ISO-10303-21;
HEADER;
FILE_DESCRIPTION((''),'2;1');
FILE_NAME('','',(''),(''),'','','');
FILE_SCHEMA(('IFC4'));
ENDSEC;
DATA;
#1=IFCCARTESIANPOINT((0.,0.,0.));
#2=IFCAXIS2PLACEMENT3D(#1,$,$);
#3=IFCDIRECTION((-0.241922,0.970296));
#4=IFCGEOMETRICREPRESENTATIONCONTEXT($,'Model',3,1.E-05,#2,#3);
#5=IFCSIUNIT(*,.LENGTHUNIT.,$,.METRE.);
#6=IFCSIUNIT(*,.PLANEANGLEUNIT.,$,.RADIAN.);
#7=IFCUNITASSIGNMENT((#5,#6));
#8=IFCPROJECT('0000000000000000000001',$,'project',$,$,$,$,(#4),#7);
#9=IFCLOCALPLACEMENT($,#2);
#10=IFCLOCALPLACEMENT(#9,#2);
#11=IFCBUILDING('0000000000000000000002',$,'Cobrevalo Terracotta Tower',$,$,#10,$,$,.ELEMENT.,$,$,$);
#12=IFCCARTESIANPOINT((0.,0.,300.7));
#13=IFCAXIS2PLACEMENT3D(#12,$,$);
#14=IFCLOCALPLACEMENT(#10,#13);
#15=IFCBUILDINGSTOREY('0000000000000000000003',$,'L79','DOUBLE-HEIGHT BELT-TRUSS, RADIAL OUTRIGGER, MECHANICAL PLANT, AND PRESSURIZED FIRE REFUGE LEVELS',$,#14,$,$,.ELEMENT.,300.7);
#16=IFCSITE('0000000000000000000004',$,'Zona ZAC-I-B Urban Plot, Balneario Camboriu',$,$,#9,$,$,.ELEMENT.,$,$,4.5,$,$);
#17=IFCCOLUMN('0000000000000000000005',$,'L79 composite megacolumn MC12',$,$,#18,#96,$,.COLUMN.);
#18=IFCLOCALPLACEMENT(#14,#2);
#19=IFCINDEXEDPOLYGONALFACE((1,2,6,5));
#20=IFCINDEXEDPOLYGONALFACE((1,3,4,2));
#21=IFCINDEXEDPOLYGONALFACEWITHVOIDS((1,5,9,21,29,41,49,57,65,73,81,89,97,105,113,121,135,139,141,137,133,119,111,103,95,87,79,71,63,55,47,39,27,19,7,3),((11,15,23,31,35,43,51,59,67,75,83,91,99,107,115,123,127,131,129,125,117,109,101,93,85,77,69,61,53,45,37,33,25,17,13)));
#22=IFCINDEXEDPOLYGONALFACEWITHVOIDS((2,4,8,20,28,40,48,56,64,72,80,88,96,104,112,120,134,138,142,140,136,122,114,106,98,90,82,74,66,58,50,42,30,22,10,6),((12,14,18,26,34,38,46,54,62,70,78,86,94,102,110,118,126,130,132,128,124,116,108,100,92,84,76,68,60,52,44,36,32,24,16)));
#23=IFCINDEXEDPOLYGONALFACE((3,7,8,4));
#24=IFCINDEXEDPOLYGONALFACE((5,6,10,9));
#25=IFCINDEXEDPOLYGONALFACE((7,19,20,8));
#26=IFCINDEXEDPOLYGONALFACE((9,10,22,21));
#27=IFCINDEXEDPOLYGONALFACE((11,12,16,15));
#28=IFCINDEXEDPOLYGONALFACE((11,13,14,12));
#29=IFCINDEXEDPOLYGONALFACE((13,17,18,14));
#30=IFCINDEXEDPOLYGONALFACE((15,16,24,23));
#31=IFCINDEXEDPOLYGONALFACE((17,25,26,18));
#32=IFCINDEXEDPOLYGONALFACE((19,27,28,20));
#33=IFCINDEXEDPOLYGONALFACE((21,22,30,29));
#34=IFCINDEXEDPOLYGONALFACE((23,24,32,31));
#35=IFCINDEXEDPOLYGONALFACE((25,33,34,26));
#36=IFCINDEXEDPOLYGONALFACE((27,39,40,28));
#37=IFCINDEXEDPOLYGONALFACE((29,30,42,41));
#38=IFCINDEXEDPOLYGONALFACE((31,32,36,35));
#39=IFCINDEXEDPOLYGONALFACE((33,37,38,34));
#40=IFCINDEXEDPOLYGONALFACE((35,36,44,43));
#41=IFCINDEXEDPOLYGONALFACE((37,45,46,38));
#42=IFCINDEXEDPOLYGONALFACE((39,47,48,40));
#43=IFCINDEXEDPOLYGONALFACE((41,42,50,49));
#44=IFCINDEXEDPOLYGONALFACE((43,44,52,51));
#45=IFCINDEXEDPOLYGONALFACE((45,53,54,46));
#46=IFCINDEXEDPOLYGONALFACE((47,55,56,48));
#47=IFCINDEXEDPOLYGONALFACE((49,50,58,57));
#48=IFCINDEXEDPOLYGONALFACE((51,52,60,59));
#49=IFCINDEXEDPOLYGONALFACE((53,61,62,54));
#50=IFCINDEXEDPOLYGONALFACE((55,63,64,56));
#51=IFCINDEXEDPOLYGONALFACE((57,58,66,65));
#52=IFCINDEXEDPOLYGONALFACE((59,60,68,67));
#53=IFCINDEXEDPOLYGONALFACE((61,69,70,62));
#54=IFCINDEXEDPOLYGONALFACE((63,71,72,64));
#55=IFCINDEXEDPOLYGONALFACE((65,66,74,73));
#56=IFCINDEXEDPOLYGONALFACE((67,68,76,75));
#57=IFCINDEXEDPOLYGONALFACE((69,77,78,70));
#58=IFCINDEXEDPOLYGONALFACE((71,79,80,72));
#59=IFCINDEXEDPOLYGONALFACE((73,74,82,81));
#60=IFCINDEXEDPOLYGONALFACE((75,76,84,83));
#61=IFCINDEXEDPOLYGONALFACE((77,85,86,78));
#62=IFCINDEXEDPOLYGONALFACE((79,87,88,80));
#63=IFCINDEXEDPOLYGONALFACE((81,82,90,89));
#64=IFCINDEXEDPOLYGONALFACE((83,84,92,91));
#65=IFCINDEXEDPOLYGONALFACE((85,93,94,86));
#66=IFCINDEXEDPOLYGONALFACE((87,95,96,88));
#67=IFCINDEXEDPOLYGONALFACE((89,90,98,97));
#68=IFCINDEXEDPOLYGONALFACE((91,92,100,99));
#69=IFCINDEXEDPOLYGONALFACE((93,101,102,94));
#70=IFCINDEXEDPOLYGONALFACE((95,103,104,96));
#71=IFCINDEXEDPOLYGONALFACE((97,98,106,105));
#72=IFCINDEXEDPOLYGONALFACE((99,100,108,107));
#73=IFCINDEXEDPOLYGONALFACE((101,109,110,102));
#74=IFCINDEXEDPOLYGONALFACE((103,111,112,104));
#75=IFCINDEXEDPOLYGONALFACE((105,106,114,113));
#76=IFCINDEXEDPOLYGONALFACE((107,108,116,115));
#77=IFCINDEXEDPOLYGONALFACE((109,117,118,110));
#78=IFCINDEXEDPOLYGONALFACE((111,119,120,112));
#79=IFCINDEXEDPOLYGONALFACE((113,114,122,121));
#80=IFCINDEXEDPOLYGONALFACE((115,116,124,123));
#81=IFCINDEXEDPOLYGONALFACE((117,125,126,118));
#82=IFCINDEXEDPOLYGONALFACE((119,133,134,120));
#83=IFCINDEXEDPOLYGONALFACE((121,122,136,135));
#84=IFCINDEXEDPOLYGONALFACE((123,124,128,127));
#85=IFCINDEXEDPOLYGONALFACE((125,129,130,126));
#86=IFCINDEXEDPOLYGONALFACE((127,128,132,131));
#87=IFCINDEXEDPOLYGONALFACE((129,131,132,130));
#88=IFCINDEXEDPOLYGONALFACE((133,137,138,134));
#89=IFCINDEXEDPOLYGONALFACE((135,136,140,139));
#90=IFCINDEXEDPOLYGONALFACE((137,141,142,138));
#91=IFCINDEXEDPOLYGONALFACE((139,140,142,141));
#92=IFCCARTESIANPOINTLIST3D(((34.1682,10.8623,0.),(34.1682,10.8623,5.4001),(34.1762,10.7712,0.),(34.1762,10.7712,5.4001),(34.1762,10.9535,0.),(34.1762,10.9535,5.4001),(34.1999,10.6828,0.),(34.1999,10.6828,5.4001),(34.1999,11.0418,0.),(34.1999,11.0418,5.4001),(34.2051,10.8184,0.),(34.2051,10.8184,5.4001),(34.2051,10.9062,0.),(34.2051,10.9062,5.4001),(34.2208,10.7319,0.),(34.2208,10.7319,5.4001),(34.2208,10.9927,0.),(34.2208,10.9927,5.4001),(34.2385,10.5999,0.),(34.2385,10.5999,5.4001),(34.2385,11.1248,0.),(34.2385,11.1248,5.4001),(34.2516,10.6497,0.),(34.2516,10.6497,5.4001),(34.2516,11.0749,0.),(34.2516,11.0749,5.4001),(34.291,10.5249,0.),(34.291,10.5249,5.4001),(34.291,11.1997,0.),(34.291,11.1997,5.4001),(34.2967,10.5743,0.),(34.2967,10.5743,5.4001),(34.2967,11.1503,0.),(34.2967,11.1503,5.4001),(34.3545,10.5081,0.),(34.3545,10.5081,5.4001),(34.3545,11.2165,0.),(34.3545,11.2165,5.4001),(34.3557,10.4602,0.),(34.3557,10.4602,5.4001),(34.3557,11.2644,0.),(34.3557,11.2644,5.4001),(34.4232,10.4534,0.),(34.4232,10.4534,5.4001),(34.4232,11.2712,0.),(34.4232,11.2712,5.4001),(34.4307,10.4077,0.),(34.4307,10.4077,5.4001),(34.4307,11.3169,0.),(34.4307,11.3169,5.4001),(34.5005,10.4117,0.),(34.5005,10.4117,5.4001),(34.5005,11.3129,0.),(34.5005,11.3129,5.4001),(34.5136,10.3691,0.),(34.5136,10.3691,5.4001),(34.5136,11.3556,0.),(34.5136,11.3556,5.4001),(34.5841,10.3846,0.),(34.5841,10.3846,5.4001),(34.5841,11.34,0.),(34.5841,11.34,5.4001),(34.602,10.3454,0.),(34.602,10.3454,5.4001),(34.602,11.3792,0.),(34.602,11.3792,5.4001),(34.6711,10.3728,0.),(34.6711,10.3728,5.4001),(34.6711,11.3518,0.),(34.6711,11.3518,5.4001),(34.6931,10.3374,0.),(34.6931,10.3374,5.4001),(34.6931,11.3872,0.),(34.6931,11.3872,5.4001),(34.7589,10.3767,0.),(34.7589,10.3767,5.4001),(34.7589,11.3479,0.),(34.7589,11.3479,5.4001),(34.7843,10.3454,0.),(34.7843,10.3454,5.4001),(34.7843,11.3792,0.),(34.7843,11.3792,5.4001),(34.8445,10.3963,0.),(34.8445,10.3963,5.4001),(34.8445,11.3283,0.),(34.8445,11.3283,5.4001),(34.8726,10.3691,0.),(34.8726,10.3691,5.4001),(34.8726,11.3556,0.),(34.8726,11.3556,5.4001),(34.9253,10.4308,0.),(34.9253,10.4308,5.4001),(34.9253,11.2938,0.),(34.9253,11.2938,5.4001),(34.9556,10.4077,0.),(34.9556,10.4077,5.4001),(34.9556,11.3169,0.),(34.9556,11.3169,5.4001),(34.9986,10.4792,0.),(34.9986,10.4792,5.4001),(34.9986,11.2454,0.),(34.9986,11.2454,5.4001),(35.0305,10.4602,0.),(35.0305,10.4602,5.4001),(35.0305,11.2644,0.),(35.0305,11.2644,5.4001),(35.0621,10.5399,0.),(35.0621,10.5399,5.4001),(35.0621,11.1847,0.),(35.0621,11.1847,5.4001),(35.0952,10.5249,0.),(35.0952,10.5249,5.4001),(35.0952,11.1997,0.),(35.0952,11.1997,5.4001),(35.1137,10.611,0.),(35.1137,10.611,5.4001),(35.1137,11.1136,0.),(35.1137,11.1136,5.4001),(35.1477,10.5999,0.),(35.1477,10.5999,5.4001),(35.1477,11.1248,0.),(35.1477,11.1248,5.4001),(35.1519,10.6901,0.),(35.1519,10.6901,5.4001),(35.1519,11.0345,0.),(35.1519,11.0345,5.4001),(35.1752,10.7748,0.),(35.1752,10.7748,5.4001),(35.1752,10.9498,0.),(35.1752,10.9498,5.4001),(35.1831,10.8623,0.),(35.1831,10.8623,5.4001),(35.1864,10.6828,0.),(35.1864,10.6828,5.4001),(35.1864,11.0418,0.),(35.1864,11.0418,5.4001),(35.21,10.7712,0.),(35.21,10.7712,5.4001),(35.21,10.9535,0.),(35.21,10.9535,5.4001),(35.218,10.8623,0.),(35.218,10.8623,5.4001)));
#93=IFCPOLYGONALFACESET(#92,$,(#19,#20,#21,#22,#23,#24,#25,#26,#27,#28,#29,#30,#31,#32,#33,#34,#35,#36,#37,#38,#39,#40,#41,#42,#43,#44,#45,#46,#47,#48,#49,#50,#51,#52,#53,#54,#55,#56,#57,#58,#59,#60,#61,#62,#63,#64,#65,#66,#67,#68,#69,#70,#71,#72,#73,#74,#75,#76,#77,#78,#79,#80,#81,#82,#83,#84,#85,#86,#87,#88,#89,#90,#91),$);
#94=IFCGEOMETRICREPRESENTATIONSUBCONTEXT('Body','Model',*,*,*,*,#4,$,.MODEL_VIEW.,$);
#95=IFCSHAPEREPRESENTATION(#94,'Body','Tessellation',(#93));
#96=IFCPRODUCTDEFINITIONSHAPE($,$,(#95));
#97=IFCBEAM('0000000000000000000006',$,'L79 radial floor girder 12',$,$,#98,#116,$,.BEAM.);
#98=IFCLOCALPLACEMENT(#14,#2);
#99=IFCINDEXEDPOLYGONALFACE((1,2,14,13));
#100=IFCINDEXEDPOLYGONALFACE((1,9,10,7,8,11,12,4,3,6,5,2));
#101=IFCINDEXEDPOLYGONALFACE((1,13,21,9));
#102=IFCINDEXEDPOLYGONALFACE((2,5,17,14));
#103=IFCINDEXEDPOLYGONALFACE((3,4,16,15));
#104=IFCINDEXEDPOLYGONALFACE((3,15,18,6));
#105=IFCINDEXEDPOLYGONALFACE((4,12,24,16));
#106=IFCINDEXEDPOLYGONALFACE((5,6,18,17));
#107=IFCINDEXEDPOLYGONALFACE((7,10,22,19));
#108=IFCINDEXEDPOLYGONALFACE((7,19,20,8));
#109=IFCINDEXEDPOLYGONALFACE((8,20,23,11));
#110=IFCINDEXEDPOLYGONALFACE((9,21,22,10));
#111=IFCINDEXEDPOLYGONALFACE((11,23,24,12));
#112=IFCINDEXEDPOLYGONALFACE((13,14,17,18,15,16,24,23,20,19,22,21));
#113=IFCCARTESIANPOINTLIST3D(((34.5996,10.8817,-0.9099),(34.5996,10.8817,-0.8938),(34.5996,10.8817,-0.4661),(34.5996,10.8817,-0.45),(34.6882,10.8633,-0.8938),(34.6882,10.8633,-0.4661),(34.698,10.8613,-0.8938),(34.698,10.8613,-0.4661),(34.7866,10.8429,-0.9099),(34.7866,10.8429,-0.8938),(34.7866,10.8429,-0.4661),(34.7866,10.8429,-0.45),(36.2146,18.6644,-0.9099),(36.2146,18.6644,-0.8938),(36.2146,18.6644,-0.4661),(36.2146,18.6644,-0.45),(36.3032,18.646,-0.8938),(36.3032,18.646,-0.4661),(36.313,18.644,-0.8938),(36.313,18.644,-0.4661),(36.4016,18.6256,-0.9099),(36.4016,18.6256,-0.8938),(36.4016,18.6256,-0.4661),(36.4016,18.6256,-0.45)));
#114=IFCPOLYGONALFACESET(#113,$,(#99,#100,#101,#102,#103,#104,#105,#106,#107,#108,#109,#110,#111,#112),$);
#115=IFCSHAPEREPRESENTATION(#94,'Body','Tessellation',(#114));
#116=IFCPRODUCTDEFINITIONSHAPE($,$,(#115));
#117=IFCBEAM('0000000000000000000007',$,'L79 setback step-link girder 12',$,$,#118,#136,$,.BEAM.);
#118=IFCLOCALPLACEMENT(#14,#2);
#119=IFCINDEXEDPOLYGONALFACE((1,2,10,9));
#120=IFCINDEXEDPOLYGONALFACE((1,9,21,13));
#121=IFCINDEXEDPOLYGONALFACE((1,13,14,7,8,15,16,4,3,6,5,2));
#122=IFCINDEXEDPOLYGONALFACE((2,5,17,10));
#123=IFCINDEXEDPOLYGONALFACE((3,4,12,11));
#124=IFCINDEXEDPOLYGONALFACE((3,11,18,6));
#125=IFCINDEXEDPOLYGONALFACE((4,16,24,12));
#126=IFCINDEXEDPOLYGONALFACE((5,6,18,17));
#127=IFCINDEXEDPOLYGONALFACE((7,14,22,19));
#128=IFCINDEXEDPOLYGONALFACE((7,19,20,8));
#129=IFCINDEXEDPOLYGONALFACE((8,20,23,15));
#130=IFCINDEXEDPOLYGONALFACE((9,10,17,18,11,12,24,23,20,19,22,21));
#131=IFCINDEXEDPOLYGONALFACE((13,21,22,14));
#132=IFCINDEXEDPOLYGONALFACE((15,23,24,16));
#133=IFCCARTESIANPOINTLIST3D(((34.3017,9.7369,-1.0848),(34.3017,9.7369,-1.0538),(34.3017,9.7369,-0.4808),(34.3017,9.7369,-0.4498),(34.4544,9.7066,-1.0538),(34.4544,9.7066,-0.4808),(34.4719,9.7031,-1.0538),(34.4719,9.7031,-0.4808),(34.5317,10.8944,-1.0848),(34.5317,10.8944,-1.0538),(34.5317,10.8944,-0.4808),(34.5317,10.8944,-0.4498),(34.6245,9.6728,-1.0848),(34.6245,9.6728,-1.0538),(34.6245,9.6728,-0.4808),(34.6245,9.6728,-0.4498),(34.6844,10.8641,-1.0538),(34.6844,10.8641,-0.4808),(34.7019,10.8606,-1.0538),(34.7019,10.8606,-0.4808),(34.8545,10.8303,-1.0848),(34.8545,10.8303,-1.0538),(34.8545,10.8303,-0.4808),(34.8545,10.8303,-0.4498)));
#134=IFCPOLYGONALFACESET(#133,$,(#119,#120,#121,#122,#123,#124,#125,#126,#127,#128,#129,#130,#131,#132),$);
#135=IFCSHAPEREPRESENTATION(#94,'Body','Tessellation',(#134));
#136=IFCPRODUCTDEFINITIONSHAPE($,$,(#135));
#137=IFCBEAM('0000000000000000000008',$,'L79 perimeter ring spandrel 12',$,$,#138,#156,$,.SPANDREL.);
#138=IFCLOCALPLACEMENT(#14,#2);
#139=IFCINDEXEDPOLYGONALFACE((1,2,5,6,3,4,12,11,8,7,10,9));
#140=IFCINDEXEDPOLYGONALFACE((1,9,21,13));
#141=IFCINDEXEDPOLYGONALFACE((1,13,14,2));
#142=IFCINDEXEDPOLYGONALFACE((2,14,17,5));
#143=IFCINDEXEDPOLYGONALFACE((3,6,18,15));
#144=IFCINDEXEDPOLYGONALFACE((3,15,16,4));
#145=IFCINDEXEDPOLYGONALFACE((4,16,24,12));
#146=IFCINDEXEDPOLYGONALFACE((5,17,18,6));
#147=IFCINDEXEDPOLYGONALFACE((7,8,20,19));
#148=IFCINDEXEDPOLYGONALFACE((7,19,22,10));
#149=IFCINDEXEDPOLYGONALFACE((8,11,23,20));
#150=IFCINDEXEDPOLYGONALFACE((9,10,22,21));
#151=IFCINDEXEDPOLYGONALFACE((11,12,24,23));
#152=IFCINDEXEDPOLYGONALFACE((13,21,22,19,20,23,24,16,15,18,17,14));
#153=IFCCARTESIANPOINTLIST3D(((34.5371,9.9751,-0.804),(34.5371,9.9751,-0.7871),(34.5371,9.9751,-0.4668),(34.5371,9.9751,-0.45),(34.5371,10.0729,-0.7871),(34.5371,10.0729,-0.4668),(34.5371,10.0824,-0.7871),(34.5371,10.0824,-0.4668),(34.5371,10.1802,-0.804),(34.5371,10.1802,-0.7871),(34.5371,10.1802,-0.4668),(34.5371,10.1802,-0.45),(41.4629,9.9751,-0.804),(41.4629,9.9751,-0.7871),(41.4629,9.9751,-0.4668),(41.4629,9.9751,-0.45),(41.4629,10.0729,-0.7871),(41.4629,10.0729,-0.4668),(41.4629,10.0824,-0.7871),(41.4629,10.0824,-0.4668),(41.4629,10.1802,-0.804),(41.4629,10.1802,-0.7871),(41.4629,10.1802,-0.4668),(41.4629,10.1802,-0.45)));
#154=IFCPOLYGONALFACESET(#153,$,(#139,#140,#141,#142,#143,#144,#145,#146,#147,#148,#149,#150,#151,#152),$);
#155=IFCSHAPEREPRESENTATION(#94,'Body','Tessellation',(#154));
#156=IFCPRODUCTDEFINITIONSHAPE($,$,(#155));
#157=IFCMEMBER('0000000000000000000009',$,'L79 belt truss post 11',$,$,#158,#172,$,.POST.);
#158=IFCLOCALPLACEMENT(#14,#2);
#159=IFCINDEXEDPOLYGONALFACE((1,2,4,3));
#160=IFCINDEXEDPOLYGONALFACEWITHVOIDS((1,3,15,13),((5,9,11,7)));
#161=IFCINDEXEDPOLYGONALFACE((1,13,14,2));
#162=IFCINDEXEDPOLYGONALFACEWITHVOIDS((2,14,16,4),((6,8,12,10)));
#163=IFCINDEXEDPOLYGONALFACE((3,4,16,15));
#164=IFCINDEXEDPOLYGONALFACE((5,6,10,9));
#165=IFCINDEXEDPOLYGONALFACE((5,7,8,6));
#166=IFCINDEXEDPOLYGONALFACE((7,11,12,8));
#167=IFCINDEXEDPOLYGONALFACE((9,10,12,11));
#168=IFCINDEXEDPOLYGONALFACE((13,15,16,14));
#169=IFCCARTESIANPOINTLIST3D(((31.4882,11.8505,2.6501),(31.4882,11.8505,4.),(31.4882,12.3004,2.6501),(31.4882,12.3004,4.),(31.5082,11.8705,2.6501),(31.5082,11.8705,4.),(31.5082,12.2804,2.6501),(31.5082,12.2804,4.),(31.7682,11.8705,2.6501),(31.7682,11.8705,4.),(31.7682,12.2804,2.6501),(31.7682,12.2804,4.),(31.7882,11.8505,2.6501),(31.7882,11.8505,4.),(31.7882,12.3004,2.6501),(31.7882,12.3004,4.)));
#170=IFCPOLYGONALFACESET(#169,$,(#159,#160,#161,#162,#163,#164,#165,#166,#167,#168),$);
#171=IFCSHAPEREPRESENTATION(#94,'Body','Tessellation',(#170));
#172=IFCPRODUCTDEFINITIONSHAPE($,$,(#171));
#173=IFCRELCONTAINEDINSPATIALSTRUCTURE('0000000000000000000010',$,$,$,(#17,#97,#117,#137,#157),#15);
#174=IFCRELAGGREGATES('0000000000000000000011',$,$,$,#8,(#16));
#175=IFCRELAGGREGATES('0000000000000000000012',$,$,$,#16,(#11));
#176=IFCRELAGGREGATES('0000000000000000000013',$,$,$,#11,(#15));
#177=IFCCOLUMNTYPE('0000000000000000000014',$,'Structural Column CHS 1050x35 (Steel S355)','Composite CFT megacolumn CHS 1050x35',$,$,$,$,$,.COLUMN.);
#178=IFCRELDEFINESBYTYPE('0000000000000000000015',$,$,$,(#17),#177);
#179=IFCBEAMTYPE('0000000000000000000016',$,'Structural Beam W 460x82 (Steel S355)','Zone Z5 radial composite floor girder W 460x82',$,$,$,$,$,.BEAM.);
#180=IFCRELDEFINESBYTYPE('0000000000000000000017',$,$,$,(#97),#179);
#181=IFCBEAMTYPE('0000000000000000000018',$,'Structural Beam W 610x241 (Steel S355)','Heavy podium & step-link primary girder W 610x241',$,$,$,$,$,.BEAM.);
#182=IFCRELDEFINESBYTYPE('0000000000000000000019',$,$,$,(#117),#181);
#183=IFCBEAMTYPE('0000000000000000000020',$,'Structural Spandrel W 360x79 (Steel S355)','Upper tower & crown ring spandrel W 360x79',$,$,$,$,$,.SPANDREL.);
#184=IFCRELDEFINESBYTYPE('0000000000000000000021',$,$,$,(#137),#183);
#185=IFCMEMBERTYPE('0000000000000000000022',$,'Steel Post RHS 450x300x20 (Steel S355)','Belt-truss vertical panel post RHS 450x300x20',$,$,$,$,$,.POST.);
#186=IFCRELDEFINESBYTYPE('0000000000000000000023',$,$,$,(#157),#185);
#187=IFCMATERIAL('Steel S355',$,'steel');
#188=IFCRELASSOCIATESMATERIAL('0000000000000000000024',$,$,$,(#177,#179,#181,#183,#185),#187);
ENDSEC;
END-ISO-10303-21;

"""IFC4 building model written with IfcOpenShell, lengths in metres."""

from ifc_helpers import new_model, si_unit, direction, frame, origin, origin_2d, place, context, subcontext, project, spatial, hollow_rectangle, hollow_circle, i_section, extrude, source, transform, mapped, material, material_profile, profile_set, type_object, element, save


model = new_model("IFC4")

# Units and contexts
model_context = context("Model", 3, precision=1e-05, world=origin(), true_north=direction((-0.241922, 0.970296)))
body_context = subcontext(model_context, "Body", "Model", "MODEL_VIEW")
ifc_project = project(units=[si_unit("LENGTHUNIT", "METRE"), si_unit("PLANEANGLEUNIT", "RADIAN")], contexts=[model_context])

# Site, building, storey
site_placement = place(None, origin())
site = spatial("IfcSite", under=ifc_project, at=site_placement, Name="Zona ZAC-I-B Urban Plot, Balneario Camboriu", CompositionType="ELEMENT", RefElevation=4.5)
building_placement = place(site_placement, origin())
building = spatial("IfcBuilding", under=site, at=building_placement, Name="Cobrevalo Terracotta Tower", CompositionType="ELEMENT")
storey_placement = place(building_placement, frame((0.0, 0.0, 300.7)))
storey = spatial("IfcBuildingStorey", under=building, at=storey_placement, Name="L79", Description="DOUBLE-HEIGHT BELT-TRUSS, RADIAL OUTRIGGER, MECHANICAL PLANT, AND PRESSURIZED FIRE REFUGE LEVELS", CompositionType="ELEMENT", Elevation=300.7)

# Column
ifc_material_1 = material(Name="Steel S355", Category="steel")
ifc_material_profile_1 = material_profile(ifc_material_1, hollow_circle(Radius=0.5249, WallThickness=0.0349, at=origin_2d()), Name="CHS 1050x35")
ifc_profile_set_1 = profile_set([ifc_material_profile_1], Name="Steel S355")
column_type = type_object("IfcColumnType", Name="Structural Column CHS 1050x35 (Steel S355)", Description="Composite CFT megacolumn CHS 1050x35", PredefinedType="COLUMN", material=ifc_profile_set_1)
column_placement = place(storey_placement, frame((34.6931, 10.8623, 0.0), z_axis=(0.0, 0.0, 1.0), x_axis=(1.0, 0.0, 0.0)))
element("IfcColumn", 1, at=column_placement, inside=storey, type_object=column_type, Name="L79 composite megacolumn MC12", PredefinedType="COLUMN", context=body_context, shape_type="SweptSolid", body=[
    extrude(hollow_circle(Radius=0.5249, WallThickness=0.0349, at=origin_2d()), origin(), (0.0, 0.0, 1.0), 5.4001),
])

# Beams
ifc_material_profile_2 = material_profile(ifc_material_1, i_section(OverallWidth=0.1909, OverallDepth=0.46, WebThickness=0.01, FlangeThickness=0.0161, at=origin_2d()), Name="W 460x82")
ifc_profile_set_2 = profile_set([ifc_material_profile_2], Name="Steel S355")
beam_type_1 = type_object("IfcBeamType", Name="Structural Beam W 460x82 (Steel S355)", Description="Zone Z5 radial composite floor girder W 460x82", PredefinedType="BEAM", material=ifc_profile_set_2)
beam_1_placement = place(storey_placement, frame((34.6931, 10.8623, -0.6799), z_axis=(0.203181, 0.979141, 0.0), x_axis=(-0.979141, 0.203181, 0.0)))
element("IfcBeam", 2, at=beam_1_placement, inside=storey, type_object=beam_type_1, Name="L79 radial floor girder 12", PredefinedType="BEAM", context=body_context, shape_type="SweptSolid", body=[
    extrude(i_section(OverallWidth=0.1909, OverallDepth=0.46, WebThickness=0.01, FlangeThickness=0.0161, at=origin_2d()), origin(), (0.0, 0.0, 1.0), 7.9485),
])
ifc_material_profile_3 = material_profile(ifc_material_1, i_section(OverallWidth=0.3291, OverallDepth=0.635, WebThickness=0.0178, FlangeThickness=0.031, at=origin_2d()), Name="W 610x241")
ifc_profile_set_3 = profile_set([ifc_material_profile_3], Name="Steel S355")
beam_type_2 = type_object("IfcBeamType", Name="Structural Beam W 610x241 (Steel S355)", Description="Heavy podium & step-link primary girder W 610x241", PredefinedType="BEAM", material=ifc_profile_set_3)
beam_2_placement = place(storey_placement, frame((34.4631, 9.7048, -0.7673), z_axis=(0.194883, 0.980827, 0.0), x_axis=(-0.980827, 0.194883, 0.0)))
element("IfcBeam", 3, at=beam_2_placement, inside=storey, type_object=beam_type_2, Name="L79 setback step-link girder 12", PredefinedType="BEAM", context=body_context, shape_type="SweptSolid", body=[
    extrude(i_section(OverallWidth=0.3291, OverallDepth=0.635, WebThickness=0.0178, FlangeThickness=0.031, at=origin_2d()), origin(), (0.0, 0.0, 1.0), 1.1802),
])
ifc_material_profile_4 = material_profile(ifc_material_1, i_section(OverallWidth=0.2051, OverallDepth=0.354, WebThickness=0.0095, FlangeThickness=0.0168, at=origin_2d()), Name="W 360x79")
ifc_profile_set_4 = profile_set([ifc_material_profile_4], Name="Steel S355")
beam_type_3 = type_object("IfcBeamType", Name="Structural Spandrel W 360x79 (Steel S355)", Description="Upper tower & crown ring spandrel W 360x79", PredefinedType="SPANDREL", material=ifc_profile_set_4)
beam_3_placement = place(storey_placement, frame((34.5371, 10.0776, -0.627), z_axis=(1.0, 0.0, 0.0), x_axis=(0.0, 1.0, 0.0)))
element("IfcBeam", 4, at=beam_3_placement, inside=storey, type_object=beam_type_3, Name="L79 perimeter ring spandrel 12", PredefinedType="SPANDREL", context=body_context, shape_type="SweptSolid", body=[
    extrude(i_section(OverallWidth=0.2051, OverallDepth=0.354, WebThickness=0.0095, FlangeThickness=0.0168, at=origin_2d()), origin(), (0.0, 0.0, 1.0), 6.9258),
])

# Member
ifc_material_profile_5 = material_profile(ifc_material_1, hollow_rectangle(XDim=0.3, YDim=0.45, WallThickness=0.02, at=origin_2d()), Name="RHS 450x300x20")
ifc_profile_set_5 = profile_set([ifc_material_profile_5], Name="Steel S355")
member_type_1 = type_object("IfcMemberType", Name="Steel Post RHS 450x300x20 (Steel S355)", Description="Belt-truss vertical panel post RHS 450x300x20", PredefinedType="POST", material=ifc_profile_set_5)
shared_shape_1 = source(origin(), body_context, "Body", "SweptSolid", [
    extrude(hollow_rectangle(XDim=0.3, YDim=0.45, WallThickness=0.02, at=origin_2d()), origin(), (0.0, 0.0, 1.0), 1.3499),
])
member_1_placement = place(storey_placement, frame((31.6382, 12.0754, 2.6501), z_axis=(0.0, 0.0, 1.0), x_axis=(1.0, 0.0, 0.0)))
element("IfcMember", 5, at=member_1_placement, inside=storey, type_object=member_type_1, Name="L79 belt truss post 11", PredefinedType="POST", context=body_context, shape_type="MappedRepresentation", body=[
    mapped(shared_shape_1, transform((0.0, 0.0, 0.0), scale=1.0)),
])

save(model, "model.ifc")
